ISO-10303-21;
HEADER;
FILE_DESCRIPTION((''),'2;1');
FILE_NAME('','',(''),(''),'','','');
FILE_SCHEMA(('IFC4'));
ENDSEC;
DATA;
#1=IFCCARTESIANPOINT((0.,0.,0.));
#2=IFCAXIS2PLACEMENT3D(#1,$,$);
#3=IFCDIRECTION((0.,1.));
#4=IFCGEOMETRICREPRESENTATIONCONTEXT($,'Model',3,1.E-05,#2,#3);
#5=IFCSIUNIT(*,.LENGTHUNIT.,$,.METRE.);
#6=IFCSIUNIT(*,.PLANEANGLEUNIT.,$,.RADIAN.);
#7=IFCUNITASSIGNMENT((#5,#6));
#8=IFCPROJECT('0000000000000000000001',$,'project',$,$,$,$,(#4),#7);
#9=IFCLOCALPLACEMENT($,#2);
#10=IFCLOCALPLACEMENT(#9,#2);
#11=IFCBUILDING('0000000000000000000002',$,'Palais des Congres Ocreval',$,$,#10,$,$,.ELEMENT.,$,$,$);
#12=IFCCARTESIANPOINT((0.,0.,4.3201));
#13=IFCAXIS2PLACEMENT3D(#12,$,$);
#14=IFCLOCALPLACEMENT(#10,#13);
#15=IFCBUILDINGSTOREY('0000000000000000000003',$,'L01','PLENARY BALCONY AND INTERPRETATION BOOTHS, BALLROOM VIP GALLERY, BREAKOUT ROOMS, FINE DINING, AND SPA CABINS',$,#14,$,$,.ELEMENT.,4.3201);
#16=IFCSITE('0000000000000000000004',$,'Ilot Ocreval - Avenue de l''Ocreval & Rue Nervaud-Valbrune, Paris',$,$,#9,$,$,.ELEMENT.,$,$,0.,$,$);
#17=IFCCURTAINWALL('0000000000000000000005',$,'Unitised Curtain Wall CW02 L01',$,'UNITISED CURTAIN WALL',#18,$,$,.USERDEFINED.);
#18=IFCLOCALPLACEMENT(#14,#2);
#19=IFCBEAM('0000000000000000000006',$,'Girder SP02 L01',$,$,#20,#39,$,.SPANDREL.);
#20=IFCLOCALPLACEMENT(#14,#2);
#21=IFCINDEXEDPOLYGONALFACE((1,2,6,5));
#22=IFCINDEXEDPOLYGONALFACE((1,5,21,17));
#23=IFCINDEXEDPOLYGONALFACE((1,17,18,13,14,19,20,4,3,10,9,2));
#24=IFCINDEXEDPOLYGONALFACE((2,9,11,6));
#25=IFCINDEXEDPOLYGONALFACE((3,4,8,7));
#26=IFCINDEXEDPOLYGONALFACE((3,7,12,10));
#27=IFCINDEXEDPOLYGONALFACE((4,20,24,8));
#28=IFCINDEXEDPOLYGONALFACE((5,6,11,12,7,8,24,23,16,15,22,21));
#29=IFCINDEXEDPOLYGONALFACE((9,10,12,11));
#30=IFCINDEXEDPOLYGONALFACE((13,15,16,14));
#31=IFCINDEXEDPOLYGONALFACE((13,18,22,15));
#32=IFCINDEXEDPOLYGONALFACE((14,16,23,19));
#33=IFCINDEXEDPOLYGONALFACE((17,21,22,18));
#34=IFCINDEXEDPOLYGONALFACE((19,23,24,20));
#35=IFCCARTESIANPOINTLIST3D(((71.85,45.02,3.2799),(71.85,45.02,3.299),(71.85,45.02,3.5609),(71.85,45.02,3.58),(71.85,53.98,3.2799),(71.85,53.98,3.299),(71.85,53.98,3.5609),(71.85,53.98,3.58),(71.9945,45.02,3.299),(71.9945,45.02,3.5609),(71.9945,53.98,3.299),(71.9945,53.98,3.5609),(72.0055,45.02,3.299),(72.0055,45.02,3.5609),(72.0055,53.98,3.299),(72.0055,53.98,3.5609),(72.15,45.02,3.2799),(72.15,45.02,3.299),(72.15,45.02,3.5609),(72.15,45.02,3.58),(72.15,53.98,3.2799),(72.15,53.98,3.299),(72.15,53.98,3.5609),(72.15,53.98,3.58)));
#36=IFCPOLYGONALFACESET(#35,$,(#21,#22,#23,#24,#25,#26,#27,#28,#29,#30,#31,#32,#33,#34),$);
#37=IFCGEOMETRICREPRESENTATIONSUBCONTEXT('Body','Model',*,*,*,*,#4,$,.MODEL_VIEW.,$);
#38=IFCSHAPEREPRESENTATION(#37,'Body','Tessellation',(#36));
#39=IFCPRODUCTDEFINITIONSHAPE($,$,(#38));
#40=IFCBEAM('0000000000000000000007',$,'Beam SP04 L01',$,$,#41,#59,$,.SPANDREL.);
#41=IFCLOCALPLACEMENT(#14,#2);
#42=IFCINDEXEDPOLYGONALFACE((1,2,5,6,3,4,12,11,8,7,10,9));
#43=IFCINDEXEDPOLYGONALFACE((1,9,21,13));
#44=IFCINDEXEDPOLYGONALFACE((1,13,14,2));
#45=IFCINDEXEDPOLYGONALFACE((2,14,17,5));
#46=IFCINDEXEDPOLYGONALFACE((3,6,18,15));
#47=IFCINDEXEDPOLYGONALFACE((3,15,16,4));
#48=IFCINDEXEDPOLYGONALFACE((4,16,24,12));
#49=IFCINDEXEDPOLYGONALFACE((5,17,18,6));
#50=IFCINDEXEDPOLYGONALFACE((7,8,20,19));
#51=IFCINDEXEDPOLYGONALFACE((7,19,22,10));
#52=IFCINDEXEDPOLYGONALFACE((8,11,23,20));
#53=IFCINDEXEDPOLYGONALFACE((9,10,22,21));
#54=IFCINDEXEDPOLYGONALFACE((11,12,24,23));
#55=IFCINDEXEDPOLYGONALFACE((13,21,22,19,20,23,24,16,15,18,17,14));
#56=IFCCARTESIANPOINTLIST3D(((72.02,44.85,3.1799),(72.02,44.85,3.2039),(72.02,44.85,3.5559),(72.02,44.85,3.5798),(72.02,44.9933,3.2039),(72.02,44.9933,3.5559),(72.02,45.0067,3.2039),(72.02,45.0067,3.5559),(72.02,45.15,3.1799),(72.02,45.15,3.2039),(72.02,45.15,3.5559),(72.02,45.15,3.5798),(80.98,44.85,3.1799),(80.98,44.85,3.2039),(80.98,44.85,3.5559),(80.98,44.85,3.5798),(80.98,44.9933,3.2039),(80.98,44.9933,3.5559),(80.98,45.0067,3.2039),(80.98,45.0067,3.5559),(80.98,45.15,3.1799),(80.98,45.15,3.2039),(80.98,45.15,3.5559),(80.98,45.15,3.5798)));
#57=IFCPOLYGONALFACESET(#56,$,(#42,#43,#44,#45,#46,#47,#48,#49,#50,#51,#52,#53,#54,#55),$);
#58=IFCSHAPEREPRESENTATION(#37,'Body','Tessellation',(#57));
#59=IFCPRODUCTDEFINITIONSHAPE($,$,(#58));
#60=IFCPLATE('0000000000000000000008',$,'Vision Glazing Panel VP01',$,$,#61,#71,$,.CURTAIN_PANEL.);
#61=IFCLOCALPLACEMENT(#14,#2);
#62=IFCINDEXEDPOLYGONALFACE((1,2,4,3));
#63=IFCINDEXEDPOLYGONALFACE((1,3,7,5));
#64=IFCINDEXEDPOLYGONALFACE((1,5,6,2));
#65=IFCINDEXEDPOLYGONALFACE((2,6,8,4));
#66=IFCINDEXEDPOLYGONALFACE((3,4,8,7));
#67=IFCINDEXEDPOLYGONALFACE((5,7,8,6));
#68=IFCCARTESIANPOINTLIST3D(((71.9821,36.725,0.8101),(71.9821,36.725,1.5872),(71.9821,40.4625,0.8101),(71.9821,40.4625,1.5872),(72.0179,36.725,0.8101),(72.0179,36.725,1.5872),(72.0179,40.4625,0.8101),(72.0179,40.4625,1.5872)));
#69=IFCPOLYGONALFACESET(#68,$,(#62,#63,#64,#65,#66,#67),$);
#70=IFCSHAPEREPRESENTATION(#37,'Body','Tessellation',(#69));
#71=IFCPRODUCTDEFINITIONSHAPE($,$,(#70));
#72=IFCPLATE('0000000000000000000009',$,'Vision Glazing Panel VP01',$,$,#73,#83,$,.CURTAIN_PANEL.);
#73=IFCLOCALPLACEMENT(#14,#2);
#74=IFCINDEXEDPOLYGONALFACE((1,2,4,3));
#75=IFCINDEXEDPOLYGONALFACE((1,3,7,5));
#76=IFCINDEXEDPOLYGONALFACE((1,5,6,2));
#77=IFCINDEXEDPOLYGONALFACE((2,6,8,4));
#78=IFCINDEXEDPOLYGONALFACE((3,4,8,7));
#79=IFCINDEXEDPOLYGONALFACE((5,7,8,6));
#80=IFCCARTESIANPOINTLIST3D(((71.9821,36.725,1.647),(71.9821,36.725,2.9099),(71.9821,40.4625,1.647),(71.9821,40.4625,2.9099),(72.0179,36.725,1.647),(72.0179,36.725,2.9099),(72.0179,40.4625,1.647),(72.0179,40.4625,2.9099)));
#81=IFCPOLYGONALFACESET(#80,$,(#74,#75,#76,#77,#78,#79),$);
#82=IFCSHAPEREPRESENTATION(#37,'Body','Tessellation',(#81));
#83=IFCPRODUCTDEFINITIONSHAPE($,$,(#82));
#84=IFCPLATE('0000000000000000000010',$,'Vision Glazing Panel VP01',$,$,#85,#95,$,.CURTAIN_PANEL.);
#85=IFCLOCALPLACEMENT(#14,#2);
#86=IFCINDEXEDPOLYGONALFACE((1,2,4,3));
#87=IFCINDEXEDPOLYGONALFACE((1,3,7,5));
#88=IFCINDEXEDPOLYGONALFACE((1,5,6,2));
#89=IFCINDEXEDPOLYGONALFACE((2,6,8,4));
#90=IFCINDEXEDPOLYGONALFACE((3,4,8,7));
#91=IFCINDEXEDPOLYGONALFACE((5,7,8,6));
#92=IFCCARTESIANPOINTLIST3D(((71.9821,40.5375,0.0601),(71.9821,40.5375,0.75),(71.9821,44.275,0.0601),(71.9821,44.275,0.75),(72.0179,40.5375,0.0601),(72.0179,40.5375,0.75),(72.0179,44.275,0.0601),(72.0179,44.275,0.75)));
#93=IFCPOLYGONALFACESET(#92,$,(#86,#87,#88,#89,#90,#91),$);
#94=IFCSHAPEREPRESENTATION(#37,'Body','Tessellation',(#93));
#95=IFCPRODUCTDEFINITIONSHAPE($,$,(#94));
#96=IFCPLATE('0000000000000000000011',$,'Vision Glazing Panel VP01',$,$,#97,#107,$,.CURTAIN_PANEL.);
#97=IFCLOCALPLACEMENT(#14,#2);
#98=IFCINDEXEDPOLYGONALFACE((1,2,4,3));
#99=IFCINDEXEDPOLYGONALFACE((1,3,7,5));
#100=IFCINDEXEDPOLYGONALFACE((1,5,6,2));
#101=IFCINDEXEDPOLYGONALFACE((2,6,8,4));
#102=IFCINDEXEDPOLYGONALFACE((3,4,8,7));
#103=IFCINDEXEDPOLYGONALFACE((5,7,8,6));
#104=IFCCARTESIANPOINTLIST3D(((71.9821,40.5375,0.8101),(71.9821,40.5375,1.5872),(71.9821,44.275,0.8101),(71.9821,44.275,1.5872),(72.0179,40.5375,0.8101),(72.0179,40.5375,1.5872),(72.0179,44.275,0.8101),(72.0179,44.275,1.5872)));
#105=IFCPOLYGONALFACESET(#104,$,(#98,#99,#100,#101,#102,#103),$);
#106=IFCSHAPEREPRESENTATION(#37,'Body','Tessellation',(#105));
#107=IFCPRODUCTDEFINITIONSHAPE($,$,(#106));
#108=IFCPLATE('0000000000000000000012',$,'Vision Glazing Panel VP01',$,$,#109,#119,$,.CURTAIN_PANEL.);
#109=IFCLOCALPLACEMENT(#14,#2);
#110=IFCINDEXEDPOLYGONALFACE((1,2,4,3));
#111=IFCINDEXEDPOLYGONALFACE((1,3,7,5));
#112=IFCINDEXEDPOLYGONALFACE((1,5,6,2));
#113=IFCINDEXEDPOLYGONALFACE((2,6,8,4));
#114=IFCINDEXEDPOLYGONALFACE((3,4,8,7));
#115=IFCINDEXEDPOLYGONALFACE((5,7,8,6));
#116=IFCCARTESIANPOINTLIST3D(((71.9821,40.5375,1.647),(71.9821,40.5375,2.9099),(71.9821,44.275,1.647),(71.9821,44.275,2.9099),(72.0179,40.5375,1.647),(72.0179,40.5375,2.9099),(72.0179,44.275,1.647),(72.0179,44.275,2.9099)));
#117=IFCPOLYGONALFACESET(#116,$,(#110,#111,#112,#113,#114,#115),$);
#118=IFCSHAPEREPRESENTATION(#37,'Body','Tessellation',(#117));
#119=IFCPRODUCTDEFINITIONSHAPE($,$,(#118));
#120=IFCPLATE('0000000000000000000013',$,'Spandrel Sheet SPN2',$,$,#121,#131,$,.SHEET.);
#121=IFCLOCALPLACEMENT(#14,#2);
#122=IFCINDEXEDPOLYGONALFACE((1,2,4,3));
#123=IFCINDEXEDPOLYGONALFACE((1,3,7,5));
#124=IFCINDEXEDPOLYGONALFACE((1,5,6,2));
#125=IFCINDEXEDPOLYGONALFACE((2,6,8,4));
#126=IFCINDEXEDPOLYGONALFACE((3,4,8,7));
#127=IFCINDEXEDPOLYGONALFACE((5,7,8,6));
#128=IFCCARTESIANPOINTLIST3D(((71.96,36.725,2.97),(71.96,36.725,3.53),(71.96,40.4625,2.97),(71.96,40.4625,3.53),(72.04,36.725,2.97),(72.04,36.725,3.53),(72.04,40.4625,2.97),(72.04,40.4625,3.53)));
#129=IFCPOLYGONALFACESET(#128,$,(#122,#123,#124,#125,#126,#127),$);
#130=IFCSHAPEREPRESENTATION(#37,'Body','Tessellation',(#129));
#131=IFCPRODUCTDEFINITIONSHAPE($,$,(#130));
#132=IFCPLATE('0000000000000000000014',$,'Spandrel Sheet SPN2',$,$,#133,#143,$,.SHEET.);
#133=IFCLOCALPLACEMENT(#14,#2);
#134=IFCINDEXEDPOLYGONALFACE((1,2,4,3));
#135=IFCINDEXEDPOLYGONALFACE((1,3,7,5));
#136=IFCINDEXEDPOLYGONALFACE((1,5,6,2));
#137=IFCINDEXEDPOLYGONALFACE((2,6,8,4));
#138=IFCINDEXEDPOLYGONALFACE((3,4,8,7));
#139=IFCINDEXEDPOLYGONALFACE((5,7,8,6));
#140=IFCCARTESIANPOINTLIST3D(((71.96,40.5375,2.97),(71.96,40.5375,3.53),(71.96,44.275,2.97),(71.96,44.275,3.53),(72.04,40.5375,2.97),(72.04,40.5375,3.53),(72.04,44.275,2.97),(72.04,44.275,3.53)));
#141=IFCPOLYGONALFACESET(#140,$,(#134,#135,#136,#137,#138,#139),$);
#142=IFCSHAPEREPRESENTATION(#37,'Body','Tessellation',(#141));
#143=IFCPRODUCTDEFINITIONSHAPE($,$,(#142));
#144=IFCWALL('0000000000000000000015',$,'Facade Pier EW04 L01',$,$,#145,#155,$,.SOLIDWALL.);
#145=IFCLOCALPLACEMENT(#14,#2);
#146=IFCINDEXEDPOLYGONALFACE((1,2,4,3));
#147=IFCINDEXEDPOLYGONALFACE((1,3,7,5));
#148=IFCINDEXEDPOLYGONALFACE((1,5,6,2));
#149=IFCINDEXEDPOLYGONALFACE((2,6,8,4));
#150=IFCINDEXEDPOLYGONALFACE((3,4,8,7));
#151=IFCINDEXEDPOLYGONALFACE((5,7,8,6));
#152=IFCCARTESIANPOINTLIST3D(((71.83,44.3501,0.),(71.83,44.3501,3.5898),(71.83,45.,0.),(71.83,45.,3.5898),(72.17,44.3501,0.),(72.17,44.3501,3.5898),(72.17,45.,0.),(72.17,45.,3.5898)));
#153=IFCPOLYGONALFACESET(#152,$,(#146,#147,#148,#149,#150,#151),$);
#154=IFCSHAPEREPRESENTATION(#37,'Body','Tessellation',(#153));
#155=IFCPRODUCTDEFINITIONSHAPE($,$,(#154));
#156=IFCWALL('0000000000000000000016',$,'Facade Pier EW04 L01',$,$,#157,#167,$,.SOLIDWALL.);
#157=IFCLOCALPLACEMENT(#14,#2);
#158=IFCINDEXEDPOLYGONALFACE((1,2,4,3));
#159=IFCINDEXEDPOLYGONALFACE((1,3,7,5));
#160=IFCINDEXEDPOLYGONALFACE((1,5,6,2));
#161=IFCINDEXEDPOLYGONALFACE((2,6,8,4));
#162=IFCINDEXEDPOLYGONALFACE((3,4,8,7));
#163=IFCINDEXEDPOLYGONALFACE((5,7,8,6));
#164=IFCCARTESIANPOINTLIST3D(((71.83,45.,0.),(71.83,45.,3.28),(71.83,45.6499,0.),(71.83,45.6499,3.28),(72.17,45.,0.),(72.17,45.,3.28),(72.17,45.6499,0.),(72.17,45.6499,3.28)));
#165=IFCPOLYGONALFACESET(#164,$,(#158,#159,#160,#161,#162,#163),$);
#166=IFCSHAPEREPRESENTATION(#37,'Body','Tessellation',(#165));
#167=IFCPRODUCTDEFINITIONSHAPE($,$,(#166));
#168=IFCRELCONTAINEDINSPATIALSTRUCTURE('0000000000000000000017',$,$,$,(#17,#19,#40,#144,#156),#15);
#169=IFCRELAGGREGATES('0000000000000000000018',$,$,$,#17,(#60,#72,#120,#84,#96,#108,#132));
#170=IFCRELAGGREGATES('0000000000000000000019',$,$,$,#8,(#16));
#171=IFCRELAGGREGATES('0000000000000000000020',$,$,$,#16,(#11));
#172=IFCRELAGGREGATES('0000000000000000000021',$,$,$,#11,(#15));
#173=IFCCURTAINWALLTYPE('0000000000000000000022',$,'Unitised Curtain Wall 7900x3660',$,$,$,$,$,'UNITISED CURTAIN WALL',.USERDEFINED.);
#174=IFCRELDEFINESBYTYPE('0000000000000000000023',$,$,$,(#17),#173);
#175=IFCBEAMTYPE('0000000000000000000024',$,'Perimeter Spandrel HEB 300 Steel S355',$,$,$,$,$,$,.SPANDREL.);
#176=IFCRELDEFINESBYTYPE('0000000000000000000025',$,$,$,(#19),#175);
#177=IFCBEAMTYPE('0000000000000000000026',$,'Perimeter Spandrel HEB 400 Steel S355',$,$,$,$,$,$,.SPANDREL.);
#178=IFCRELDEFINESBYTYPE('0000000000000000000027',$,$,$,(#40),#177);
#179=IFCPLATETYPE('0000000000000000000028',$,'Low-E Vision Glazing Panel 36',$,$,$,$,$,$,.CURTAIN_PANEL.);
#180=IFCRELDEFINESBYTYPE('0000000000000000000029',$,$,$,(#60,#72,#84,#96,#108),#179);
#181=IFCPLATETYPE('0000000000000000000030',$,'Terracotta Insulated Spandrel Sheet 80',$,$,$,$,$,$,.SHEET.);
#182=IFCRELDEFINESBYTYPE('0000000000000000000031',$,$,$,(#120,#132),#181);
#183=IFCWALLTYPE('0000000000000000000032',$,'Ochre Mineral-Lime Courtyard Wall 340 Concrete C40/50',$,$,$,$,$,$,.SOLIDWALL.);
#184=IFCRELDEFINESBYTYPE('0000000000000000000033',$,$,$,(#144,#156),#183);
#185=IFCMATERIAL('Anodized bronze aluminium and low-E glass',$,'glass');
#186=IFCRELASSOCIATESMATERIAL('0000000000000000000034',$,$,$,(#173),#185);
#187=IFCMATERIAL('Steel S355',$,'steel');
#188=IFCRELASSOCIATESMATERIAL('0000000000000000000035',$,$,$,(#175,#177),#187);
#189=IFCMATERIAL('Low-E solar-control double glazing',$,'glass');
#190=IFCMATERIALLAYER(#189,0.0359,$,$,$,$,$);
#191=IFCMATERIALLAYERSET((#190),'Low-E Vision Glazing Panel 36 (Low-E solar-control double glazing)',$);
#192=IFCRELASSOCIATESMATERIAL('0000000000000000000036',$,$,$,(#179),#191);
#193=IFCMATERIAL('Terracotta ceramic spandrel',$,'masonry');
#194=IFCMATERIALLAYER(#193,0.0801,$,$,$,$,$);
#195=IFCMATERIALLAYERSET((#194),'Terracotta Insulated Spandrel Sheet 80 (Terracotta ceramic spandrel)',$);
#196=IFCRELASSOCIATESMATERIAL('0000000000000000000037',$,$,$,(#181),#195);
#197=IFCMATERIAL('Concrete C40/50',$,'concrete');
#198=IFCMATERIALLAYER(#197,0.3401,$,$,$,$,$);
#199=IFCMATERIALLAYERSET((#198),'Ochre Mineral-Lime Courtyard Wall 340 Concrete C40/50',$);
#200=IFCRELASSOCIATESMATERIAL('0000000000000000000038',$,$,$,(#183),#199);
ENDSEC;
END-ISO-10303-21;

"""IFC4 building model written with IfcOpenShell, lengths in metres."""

from ifc_helpers import new_model, si_unit, direction, frame, frame_2d, origin, origin_2d, place, context, subcontext, project, spatial, rectangle, i_section, extrude, material, layer, layer_set, material_profile, profile_set, type_object, element, aggregate, save


model = new_model("IFC4")

# Units and contexts
model_context = context("Model", 3, precision=1e-05, world=origin(), true_north=direction((0.0, 1.0)))
body_context = subcontext(model_context, "Body", "Model", "MODEL_VIEW")
ifc_project = project(units=[si_unit("LENGTHUNIT", "METRE"), si_unit("PLANEANGLEUNIT", "RADIAN")], contexts=[model_context])

# Site, building, storey
site_placement = place(None, origin())
site = spatial("IfcSite", under=ifc_project, at=site_placement, Name="Ilot Ocreval - Avenue de l'Ocreval & Rue Nervaud-Valbrune, Paris", CompositionType="ELEMENT", RefElevation=0.0)
building_placement = place(site_placement, origin())
building = spatial("IfcBuilding", under=site, at=building_placement, Name="Palais des Congres Ocreval", CompositionType="ELEMENT")
storey_placement = place(building_placement, frame((0.0, 0.0, 4.3201)))
storey = spatial("IfcBuildingStorey", under=building, at=storey_placement, Name="L01", Description="PLENARY BALCONY AND INTERPRETATION BOOTHS, BALLROOM VIP GALLERY, BREAKOUT ROOMS, FINE DINING, AND SPA CABINS", CompositionType="ELEMENT", Elevation=4.3201)

# Shared definitions
ifc_material_1 = material(Name="Steel S355", Category="steel")

# Curtain wall
ifc_material_2 = material(Name="Anodized bronze aluminium and low-E glass", Category="glass")
curtain_wall_type = type_object("IfcCurtainWallType", Name="Unitised Curtain Wall 7900x3660", ElementType="UNITISED CURTAIN WALL", PredefinedType="USERDEFINED", material=ifc_material_2)
curtain_wall_1_placement = place(storey_placement, origin())
curtain_wall_1 = element("IfcCurtainWall", 1, at=curtain_wall_1_placement, inside=storey, type_object=curtain_wall_type, Name="Unitised Curtain Wall CW02 L01", ObjectType="UNITISED CURTAIN WALL", PredefinedType="USERDEFINED")

# Beams
ifc_material_profile_1 = material_profile(ifc_material_1, i_section(OverallWidth=0.3, OverallDepth=0.3, WebThickness=0.011, FlangeThickness=0.019, at=origin_2d()), Name="HEB 300")
ifc_profile_set_1 = profile_set([ifc_material_profile_1], Name="Steel S355")
beam_type_1 = type_object("IfcBeamType", Name="Perimeter Spandrel HEB 300 Steel S355", PredefinedType="SPANDREL", material=ifc_profile_set_1)
beam_1_placement = place(storey_placement, frame((72.0, 45.02, 3.4299), z_axis=(0.0, 1.0, 0.0), x_axis=(-1.0, 0.0, 0.0)))
element("IfcBeam", 2, at=beam_1_placement, inside=storey, type_object=beam_type_1, Name="Girder SP02 L01", PredefinedType="SPANDREL", context=body_context, shape_type="SweptSolid", body=[
    extrude(i_section(OverallWidth=0.3, OverallDepth=0.3, WebThickness=0.011, FlangeThickness=0.019, at=origin_2d()), origin(), (0.0, 0.0, 1.0), 8.96),
])
ifc_material_profile_2 = material_profile(ifc_material_1, i_section(OverallWidth=0.3, OverallDepth=0.3999, WebThickness=0.0134, FlangeThickness=0.0239, at=origin_2d()), Name="HEB 400")
ifc_profile_set_2 = profile_set([ifc_material_profile_2], Name="Steel S355")
beam_type_2 = type_object("IfcBeamType", Name="Perimeter Spandrel HEB 400 Steel S355", PredefinedType="SPANDREL", material=ifc_profile_set_2)
beam_2_placement = place(storey_placement, frame((72.02, 45.0, 3.3799), z_axis=(1.0, 0.0, 0.0), x_axis=(0.0, 1.0, 0.0)))
element("IfcBeam", 3, at=beam_2_placement, inside=storey, type_object=beam_type_2, Name="Beam SP04 L01", PredefinedType="SPANDREL", context=body_context, shape_type="SweptSolid", body=[
    extrude(i_section(OverallWidth=0.3, OverallDepth=0.3999, WebThickness=0.0134, FlangeThickness=0.0239, at=origin_2d()), origin(), (0.0, 0.0, 1.0), 8.96),
])

# Plates
ifc_material_3 = material(Name="Low-E solar-control double glazing", Category="glass")
ifc_layer_1 = layer(ifc_material_3, 0.0359)
ifc_layer_set_1 = layer_set([ifc_layer_1], Name="Low-E Vision Glazing Panel 36 (Low-E solar-control double glazing)")
plate_type_1 = type_object("IfcPlateType", Name="Low-E Vision Glazing Panel 36", PredefinedType="CURTAIN_PANEL", material=ifc_layer_set_1)
plate_1_placement = place(storey_placement, frame((72.0, 38.5938, 0.8101), z_axis=(0.0, 0.0, 1.0), x_axis=(0.0, 1.0, 0.0)))
plate_1 = element("IfcPlate", 4, at=plate_1_placement, type_object=plate_type_1, Name="Vision Glazing Panel VP01", PredefinedType="CURTAIN_PANEL", context=body_context, shape_type="SweptSolid", body=[
    extrude(rectangle(XDim=3.7375, YDim=0.0359, at=origin_2d()), origin(), (0.0, 0.0, 1.0), 0.7771),
])
plate_2_placement = place(storey_placement, frame((72.0, 38.5938, 1.647), z_axis=(0.0, 0.0, 1.0), x_axis=(0.0, 1.0, 0.0)))
plate_2 = element("IfcPlate", 5, at=plate_2_placement, type_object=plate_type_1, Name="Vision Glazing Panel VP01", PredefinedType="CURTAIN_PANEL", context=body_context, shape_type="SweptSolid", body=[
    extrude(rectangle(XDim=3.7375, YDim=0.0359, at=origin_2d()), origin(), (0.0, 0.0, 1.0), 1.2629),
])
plate_3_placement = place(storey_placement, frame((72.0, 42.4062, 0.0601), z_axis=(0.0, 0.0, 1.0), x_axis=(0.0, 1.0, 0.0)))
plate_3 = element("IfcPlate", 6, at=plate_3_placement, type_object=plate_type_1, Name="Vision Glazing Panel VP01", PredefinedType="CURTAIN_PANEL", context=body_context, shape_type="SweptSolid", body=[
    extrude(rectangle(XDim=3.7375, YDim=0.0359, at=origin_2d()), origin(), (0.0, 0.0, 1.0), 0.6899),
])
plate_4_placement = place(storey_placement, frame((72.0, 42.4062, 0.8101), z_axis=(0.0, 0.0, 1.0), x_axis=(0.0, 1.0, 0.0)))
plate_4 = element("IfcPlate", 7, at=plate_4_placement, type_object=plate_type_1, Name="Vision Glazing Panel VP01", PredefinedType="CURTAIN_PANEL", context=body_context, shape_type="SweptSolid", body=[
    extrude(rectangle(XDim=3.7375, YDim=0.0359, at=origin_2d()), origin(), (0.0, 0.0, 1.0), 0.7771),
])
plate_5_placement = place(storey_placement, frame((72.0, 42.4062, 1.647), z_axis=(0.0, 0.0, 1.0), x_axis=(0.0, 1.0, 0.0)))
plate_5 = element("IfcPlate", 8, at=plate_5_placement, type_object=plate_type_1, Name="Vision Glazing Panel VP01", PredefinedType="CURTAIN_PANEL", context=body_context, shape_type="SweptSolid", body=[
    extrude(rectangle(XDim=3.7375, YDim=0.0359, at=origin_2d()), origin(), (0.0, 0.0, 1.0), 1.2629),
])
ifc_material_4 = material(Name="Terracotta ceramic spandrel", Category="masonry")
ifc_layer_2 = layer(ifc_material_4, 0.0801)
ifc_layer_set_2 = layer_set([ifc_layer_2], Name="Terracotta Insulated Spandrel Sheet 80 (Terracotta ceramic spandrel)")
plate_type_2 = type_object("IfcPlateType", Name="Terracotta Insulated Spandrel Sheet 80", PredefinedType="SHEET", material=ifc_layer_set_2)
plate_6_placement = place(storey_placement, frame((72.0, 38.5938, 2.97), z_axis=(0.0, 0.0, 1.0), x_axis=(0.0, 1.0, 0.0)))
plate_6 = element("IfcPlate", 9, at=plate_6_placement, type_object=plate_type_2, Name="Spandrel Sheet SPN2", PredefinedType="SHEET", context=body_context, shape_type="SweptSolid", body=[
    extrude(rectangle(XDim=3.7375, YDim=0.0801, at=origin_2d()), origin(), (0.0, 0.0, 1.0), 0.5601),
])
plate_7_placement = place(storey_placement, frame((72.0, 42.4062, 2.97), z_axis=(0.0, 0.0, 1.0), x_axis=(0.0, 1.0, 0.0)))
plate_7 = element("IfcPlate", 10, at=plate_7_placement, type_object=plate_type_2, Name="Spandrel Sheet SPN2", PredefinedType="SHEET", context=body_context, shape_type="SweptSolid", body=[
    extrude(rectangle(XDim=3.7375, YDim=0.0801, at=origin_2d()), origin(), (0.0, 0.0, 1.0), 0.5601),
])
aggregate(curtain_wall_1, [plate_1, plate_2, plate_6, plate_3, plate_4, plate_5, plate_7])

# Walls
ifc_material_5 = material(Name="Concrete C40/50", Category="concrete")
ifc_layer_3 = layer(ifc_material_5, 0.3401)
ifc_layer_set_3 = layer_set([ifc_layer_3], Name="Ochre Mineral-Lime Courtyard Wall 340 Concrete C40/50")
wall_type = type_object("IfcWallType", Name="Ochre Mineral-Lime Courtyard Wall 340 Concrete C40/50", PredefinedType="SOLIDWALL", material=ifc_layer_set_3)
wall_1_placement = place(storey_placement, frame((72.0, 44.3501, 0.0), z_axis=(0.0, 0.0, 1.0), x_axis=(0.0, 1.0, 0.0)))
element("IfcWall", 11, at=wall_1_placement, inside=storey, type_object=wall_type, Name="Facade Pier EW04 L01", PredefinedType="SOLIDWALL", context=body_context, shape_type="SweptSolid", body=[
    extrude(rectangle(XDim=0.6499, YDim=0.3401, at=frame_2d((0.325, 0.0))), origin(), (0.0, 0.0, 1.0), 3.5898),
])
wall_2_placement = place(storey_placement, frame((72.0, 45.0, 0.0), z_axis=(0.0, 0.0, 1.0), x_axis=(0.0, 1.0, 0.0)))
element("IfcWall", 12, at=wall_2_placement, inside=storey, type_object=wall_type, Name="Facade Pier EW04 L01", PredefinedType="SOLIDWALL", context=body_context, shape_type="SweptSolid", body=[
    extrude(rectangle(XDim=0.6499, YDim=0.3401, at=frame_2d((0.325, 0.0))), origin(), (0.0, 0.0, 1.0), 3.28),
])

save(model, "model.ifc")
